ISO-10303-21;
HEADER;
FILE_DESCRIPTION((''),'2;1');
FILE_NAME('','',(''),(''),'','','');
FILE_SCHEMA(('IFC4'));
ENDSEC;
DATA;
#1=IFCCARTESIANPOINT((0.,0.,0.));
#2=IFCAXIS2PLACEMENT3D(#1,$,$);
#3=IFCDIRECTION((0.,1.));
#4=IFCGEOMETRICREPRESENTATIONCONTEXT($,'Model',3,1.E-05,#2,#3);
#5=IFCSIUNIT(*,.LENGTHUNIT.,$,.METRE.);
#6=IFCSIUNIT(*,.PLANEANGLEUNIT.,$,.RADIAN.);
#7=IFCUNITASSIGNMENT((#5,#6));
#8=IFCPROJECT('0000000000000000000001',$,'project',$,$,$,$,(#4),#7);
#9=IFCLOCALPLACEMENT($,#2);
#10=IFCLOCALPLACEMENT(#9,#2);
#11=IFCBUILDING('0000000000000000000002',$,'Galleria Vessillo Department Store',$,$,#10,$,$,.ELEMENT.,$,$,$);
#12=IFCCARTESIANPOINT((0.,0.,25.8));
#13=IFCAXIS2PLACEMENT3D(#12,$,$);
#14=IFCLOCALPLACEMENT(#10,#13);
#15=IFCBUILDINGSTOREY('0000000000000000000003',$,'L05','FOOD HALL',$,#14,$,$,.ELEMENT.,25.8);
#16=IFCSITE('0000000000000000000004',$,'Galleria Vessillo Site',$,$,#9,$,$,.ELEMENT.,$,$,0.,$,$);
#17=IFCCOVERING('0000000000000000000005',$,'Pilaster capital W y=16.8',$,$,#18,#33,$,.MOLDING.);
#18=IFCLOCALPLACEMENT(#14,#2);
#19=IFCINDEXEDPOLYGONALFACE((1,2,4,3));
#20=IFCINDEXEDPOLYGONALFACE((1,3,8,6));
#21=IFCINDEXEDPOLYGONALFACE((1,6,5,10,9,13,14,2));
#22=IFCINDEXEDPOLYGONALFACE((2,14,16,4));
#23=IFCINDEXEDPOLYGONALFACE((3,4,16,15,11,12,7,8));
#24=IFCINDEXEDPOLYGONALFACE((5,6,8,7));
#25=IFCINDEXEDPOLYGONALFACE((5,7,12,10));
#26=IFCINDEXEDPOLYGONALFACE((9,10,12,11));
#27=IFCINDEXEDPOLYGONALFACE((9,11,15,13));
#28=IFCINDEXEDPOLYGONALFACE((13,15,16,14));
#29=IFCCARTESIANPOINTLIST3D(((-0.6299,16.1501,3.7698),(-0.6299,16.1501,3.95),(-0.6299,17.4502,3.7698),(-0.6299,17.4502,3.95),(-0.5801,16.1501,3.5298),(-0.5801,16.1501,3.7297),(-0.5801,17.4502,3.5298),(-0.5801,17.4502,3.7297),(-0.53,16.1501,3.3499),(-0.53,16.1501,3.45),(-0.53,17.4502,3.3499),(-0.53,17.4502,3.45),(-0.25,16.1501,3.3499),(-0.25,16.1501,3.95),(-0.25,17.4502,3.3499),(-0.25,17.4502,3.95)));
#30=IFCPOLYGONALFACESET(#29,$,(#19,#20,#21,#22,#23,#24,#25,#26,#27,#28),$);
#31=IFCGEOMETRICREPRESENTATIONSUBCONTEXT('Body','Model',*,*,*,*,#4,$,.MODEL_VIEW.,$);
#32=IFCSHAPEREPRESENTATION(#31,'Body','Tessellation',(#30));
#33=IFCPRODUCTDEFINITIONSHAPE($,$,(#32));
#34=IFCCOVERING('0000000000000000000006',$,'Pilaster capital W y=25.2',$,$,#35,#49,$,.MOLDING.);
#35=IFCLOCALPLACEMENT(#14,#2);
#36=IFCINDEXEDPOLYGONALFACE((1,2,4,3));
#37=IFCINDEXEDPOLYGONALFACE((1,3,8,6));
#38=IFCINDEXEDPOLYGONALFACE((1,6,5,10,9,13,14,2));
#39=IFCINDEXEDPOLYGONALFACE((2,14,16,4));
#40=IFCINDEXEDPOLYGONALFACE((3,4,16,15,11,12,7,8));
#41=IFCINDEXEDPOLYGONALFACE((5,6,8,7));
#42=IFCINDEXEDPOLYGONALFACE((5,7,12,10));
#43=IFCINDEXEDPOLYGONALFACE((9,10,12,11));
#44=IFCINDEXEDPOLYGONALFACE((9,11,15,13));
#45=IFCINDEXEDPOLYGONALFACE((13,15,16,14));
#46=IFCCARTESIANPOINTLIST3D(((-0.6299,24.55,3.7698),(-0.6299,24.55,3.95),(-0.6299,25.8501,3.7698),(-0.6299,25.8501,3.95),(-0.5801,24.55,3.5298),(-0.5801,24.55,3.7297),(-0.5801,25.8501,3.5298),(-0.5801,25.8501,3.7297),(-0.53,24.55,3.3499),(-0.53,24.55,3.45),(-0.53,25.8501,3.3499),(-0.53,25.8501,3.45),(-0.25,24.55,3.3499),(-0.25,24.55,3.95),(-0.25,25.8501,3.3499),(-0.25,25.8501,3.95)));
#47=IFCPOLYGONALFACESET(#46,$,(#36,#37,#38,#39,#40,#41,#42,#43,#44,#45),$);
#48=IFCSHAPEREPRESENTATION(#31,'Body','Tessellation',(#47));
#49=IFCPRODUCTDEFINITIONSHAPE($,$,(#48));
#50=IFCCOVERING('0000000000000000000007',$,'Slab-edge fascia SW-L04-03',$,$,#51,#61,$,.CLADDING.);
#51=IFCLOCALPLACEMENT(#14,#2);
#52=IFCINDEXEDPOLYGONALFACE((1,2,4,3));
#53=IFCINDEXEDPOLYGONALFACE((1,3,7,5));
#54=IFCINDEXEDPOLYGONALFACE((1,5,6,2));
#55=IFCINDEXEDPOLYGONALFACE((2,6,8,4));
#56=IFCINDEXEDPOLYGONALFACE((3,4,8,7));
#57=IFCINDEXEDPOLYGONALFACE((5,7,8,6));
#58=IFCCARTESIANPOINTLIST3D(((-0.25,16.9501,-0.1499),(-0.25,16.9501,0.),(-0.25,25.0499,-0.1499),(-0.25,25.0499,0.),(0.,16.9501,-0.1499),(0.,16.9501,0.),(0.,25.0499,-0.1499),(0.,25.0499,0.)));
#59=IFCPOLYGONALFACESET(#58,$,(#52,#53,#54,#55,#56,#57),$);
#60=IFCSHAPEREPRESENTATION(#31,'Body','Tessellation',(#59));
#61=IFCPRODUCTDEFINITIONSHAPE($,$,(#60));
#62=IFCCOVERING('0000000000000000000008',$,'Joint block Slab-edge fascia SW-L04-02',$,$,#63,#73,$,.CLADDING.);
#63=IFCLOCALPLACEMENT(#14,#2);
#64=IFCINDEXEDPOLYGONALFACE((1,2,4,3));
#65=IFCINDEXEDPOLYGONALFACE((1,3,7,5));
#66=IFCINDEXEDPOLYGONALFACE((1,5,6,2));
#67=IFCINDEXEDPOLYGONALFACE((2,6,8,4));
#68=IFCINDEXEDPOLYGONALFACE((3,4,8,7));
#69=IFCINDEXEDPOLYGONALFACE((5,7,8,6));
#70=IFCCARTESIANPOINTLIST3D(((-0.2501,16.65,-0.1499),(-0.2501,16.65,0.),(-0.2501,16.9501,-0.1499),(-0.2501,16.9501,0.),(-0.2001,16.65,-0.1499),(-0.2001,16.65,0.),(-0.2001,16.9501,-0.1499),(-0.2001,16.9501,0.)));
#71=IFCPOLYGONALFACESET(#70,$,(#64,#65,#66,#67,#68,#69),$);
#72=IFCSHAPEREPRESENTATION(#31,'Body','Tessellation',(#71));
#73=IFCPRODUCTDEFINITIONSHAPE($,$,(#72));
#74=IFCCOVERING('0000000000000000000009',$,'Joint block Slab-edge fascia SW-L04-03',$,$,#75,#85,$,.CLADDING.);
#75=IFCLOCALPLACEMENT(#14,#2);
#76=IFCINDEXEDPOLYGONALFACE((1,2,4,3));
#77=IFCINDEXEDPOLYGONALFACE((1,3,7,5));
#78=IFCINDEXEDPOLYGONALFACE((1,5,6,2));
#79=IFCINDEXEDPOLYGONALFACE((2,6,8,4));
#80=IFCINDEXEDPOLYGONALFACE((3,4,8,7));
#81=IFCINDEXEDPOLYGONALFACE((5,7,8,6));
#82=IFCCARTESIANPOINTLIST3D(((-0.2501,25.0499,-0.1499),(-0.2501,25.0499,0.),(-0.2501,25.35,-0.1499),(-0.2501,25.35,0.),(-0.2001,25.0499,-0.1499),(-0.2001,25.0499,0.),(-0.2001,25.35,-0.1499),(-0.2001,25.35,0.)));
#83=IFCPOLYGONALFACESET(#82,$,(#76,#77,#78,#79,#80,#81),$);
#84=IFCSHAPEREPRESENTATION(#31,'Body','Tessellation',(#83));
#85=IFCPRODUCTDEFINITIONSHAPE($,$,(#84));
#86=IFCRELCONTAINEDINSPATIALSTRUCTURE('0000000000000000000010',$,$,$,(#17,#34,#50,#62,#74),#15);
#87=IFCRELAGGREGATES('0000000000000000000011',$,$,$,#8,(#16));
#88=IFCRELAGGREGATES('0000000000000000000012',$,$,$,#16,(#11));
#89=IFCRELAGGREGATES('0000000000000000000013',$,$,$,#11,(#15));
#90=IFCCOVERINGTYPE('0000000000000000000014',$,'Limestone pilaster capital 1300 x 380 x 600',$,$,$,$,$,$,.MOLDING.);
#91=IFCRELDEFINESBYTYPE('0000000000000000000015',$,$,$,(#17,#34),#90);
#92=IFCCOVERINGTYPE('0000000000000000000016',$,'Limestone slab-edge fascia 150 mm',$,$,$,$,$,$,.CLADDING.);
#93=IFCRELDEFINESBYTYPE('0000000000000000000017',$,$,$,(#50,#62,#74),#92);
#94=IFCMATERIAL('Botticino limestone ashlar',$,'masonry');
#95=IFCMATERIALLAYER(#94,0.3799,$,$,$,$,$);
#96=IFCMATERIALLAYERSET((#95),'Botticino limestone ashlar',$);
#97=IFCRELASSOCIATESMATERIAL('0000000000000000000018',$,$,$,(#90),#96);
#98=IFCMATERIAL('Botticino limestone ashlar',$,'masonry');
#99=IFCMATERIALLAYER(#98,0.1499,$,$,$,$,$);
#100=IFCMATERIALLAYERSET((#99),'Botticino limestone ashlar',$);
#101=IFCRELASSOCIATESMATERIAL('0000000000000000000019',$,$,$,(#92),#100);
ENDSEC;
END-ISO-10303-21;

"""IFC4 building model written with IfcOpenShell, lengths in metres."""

from ifc_helpers import new_model, si_unit, direction, frame, origin, origin_2d, place, context, subcontext, project, spatial, polyline, rectangle, outline, extrude, material, layer, layer_set, type_object, element, save


model = new_model("IFC4")

# Units and contexts
model_context = context("Model", 3, precision=1e-05, world=origin(), true_north=direction((0.0, 1.0)))
body_context = subcontext(model_context, "Body", "Model", "MODEL_VIEW")
ifc_project = project(units=[si_unit("LENGTHUNIT", "METRE"), si_unit("PLANEANGLEUNIT", "RADIAN")], contexts=[model_context])

# Site, building, storey
site_placement = place(None, origin())
site = spatial("IfcSite", under=ifc_project, at=site_placement, Name="Galleria Vessillo Site", CompositionType="ELEMENT", RefElevation=0.0)
building_placement = place(site_placement, origin())
building = spatial("IfcBuilding", under=site, at=building_placement, Name="Galleria Vessillo Department Store", CompositionType="ELEMENT")
storey_placement = place(building_placement, frame((0.0, 0.0, 25.8)))
storey = spatial("IfcBuildingStorey", under=building, at=storey_placement, Name="L05", Description="FOOD HALL", CompositionType="ELEMENT", Elevation=25.8)

# Coverings
ifc_material_1 = material(Name="Botticino limestone ashlar", Category="masonry")
ifc_layer_1 = layer(ifc_material_1, 0.3799)
ifc_layer_set_1 = layer_set([ifc_layer_1], Name="Botticino limestone ashlar")
covering_type_1 = type_object("IfcCoveringType", Name="Limestone pilaster capital 1300 x 380 x 600", PredefinedType="MOLDING", material=ifc_layer_set_1)
for number, where, z_axis, x_axis, name in (
    (1, (0.0, 16.1501, 3.3499), (0.0, 1.0, 0.0), (-1.0, 0.0, 0.0), "Pilaster capital W y=16.8"),
    (2, (0.0, 24.55, 3.3499), (0.0, 1.0, 0.0), (-1.0, 0.0, 0.0), "Pilaster capital W y=25.2"),
):
    element("IfcCovering", number, at=place(storey_placement, frame(where, z_axis=z_axis, x_axis=x_axis)), inside=storey, type_object=covering_type_1, Name=name, PredefinedType="MOLDING", context=body_context, shape_type="SweptSolid", body=[
        extrude(outline(polyline([(0.25, 0.0), (0.53, 0.0), (0.53, 0.1001), (0.5801, 0.1799), (0.5801, 0.3799), (0.6299, 0.4199), (0.6299, 0.6001), (0.25, 0.6001), (0.25, 0.0)])), origin(), (0.0, 0.0, 1.0), 1.3),
    ])
ifc_material_2 = material(Name="Botticino limestone ashlar", Category="masonry")
ifc_layer_2 = layer(ifc_material_2, 0.1499)
ifc_layer_set_2 = layer_set([ifc_layer_2], Name="Botticino limestone ashlar")
covering_type_2 = type_object("IfcCoveringType", Name="Limestone slab-edge fascia 150 mm", PredefinedType="CLADDING", material=ifc_layer_set_2)
covering_1_placement = place(storey_placement, frame((-0.125, 21.0, -0.1499), z_axis=(0.0, 0.0, 1.0), x_axis=(1.0, 0.0, 0.0)))
element("IfcCovering", 3, at=covering_1_placement, inside=storey, type_object=covering_type_2, Name="Slab-edge fascia SW-L04-03", PredefinedType="CLADDING", context=body_context, shape_type="SweptSolid", body=[
    extrude(rectangle(XDim=0.25, YDim=8.0999, at=origin_2d()), origin(), (0.0, 0.0, 1.0), 0.1499),
])
for number, where, z_axis, x_axis, name in (
    (4, (-0.2251, 16.8, -0.1499), (0.0, 0.0, 1.0), (1.0, 0.0, 0.0), "Joint block Slab-edge fascia SW-L04-02"),
    (5, (-0.2251, 25.2, -0.1499), (0.0, 0.0, 1.0), (1.0, 0.0, 0.0), "Joint block Slab-edge fascia SW-L04-03"),
):
    element("IfcCovering", number, at=place(storey_placement, frame(where, z_axis=z_axis, x_axis=x_axis)), inside=storey, type_object=covering_type_2, Name=name, PredefinedType="CLADDING", context=body_context, shape_type="SweptSolid", body=[
        extrude(rectangle(XDim=0.05, YDim=0.3, at=origin_2d()), origin(), (0.0, 0.0, 1.0), 0.1499),
    ])

save(model, "model.ifc")
